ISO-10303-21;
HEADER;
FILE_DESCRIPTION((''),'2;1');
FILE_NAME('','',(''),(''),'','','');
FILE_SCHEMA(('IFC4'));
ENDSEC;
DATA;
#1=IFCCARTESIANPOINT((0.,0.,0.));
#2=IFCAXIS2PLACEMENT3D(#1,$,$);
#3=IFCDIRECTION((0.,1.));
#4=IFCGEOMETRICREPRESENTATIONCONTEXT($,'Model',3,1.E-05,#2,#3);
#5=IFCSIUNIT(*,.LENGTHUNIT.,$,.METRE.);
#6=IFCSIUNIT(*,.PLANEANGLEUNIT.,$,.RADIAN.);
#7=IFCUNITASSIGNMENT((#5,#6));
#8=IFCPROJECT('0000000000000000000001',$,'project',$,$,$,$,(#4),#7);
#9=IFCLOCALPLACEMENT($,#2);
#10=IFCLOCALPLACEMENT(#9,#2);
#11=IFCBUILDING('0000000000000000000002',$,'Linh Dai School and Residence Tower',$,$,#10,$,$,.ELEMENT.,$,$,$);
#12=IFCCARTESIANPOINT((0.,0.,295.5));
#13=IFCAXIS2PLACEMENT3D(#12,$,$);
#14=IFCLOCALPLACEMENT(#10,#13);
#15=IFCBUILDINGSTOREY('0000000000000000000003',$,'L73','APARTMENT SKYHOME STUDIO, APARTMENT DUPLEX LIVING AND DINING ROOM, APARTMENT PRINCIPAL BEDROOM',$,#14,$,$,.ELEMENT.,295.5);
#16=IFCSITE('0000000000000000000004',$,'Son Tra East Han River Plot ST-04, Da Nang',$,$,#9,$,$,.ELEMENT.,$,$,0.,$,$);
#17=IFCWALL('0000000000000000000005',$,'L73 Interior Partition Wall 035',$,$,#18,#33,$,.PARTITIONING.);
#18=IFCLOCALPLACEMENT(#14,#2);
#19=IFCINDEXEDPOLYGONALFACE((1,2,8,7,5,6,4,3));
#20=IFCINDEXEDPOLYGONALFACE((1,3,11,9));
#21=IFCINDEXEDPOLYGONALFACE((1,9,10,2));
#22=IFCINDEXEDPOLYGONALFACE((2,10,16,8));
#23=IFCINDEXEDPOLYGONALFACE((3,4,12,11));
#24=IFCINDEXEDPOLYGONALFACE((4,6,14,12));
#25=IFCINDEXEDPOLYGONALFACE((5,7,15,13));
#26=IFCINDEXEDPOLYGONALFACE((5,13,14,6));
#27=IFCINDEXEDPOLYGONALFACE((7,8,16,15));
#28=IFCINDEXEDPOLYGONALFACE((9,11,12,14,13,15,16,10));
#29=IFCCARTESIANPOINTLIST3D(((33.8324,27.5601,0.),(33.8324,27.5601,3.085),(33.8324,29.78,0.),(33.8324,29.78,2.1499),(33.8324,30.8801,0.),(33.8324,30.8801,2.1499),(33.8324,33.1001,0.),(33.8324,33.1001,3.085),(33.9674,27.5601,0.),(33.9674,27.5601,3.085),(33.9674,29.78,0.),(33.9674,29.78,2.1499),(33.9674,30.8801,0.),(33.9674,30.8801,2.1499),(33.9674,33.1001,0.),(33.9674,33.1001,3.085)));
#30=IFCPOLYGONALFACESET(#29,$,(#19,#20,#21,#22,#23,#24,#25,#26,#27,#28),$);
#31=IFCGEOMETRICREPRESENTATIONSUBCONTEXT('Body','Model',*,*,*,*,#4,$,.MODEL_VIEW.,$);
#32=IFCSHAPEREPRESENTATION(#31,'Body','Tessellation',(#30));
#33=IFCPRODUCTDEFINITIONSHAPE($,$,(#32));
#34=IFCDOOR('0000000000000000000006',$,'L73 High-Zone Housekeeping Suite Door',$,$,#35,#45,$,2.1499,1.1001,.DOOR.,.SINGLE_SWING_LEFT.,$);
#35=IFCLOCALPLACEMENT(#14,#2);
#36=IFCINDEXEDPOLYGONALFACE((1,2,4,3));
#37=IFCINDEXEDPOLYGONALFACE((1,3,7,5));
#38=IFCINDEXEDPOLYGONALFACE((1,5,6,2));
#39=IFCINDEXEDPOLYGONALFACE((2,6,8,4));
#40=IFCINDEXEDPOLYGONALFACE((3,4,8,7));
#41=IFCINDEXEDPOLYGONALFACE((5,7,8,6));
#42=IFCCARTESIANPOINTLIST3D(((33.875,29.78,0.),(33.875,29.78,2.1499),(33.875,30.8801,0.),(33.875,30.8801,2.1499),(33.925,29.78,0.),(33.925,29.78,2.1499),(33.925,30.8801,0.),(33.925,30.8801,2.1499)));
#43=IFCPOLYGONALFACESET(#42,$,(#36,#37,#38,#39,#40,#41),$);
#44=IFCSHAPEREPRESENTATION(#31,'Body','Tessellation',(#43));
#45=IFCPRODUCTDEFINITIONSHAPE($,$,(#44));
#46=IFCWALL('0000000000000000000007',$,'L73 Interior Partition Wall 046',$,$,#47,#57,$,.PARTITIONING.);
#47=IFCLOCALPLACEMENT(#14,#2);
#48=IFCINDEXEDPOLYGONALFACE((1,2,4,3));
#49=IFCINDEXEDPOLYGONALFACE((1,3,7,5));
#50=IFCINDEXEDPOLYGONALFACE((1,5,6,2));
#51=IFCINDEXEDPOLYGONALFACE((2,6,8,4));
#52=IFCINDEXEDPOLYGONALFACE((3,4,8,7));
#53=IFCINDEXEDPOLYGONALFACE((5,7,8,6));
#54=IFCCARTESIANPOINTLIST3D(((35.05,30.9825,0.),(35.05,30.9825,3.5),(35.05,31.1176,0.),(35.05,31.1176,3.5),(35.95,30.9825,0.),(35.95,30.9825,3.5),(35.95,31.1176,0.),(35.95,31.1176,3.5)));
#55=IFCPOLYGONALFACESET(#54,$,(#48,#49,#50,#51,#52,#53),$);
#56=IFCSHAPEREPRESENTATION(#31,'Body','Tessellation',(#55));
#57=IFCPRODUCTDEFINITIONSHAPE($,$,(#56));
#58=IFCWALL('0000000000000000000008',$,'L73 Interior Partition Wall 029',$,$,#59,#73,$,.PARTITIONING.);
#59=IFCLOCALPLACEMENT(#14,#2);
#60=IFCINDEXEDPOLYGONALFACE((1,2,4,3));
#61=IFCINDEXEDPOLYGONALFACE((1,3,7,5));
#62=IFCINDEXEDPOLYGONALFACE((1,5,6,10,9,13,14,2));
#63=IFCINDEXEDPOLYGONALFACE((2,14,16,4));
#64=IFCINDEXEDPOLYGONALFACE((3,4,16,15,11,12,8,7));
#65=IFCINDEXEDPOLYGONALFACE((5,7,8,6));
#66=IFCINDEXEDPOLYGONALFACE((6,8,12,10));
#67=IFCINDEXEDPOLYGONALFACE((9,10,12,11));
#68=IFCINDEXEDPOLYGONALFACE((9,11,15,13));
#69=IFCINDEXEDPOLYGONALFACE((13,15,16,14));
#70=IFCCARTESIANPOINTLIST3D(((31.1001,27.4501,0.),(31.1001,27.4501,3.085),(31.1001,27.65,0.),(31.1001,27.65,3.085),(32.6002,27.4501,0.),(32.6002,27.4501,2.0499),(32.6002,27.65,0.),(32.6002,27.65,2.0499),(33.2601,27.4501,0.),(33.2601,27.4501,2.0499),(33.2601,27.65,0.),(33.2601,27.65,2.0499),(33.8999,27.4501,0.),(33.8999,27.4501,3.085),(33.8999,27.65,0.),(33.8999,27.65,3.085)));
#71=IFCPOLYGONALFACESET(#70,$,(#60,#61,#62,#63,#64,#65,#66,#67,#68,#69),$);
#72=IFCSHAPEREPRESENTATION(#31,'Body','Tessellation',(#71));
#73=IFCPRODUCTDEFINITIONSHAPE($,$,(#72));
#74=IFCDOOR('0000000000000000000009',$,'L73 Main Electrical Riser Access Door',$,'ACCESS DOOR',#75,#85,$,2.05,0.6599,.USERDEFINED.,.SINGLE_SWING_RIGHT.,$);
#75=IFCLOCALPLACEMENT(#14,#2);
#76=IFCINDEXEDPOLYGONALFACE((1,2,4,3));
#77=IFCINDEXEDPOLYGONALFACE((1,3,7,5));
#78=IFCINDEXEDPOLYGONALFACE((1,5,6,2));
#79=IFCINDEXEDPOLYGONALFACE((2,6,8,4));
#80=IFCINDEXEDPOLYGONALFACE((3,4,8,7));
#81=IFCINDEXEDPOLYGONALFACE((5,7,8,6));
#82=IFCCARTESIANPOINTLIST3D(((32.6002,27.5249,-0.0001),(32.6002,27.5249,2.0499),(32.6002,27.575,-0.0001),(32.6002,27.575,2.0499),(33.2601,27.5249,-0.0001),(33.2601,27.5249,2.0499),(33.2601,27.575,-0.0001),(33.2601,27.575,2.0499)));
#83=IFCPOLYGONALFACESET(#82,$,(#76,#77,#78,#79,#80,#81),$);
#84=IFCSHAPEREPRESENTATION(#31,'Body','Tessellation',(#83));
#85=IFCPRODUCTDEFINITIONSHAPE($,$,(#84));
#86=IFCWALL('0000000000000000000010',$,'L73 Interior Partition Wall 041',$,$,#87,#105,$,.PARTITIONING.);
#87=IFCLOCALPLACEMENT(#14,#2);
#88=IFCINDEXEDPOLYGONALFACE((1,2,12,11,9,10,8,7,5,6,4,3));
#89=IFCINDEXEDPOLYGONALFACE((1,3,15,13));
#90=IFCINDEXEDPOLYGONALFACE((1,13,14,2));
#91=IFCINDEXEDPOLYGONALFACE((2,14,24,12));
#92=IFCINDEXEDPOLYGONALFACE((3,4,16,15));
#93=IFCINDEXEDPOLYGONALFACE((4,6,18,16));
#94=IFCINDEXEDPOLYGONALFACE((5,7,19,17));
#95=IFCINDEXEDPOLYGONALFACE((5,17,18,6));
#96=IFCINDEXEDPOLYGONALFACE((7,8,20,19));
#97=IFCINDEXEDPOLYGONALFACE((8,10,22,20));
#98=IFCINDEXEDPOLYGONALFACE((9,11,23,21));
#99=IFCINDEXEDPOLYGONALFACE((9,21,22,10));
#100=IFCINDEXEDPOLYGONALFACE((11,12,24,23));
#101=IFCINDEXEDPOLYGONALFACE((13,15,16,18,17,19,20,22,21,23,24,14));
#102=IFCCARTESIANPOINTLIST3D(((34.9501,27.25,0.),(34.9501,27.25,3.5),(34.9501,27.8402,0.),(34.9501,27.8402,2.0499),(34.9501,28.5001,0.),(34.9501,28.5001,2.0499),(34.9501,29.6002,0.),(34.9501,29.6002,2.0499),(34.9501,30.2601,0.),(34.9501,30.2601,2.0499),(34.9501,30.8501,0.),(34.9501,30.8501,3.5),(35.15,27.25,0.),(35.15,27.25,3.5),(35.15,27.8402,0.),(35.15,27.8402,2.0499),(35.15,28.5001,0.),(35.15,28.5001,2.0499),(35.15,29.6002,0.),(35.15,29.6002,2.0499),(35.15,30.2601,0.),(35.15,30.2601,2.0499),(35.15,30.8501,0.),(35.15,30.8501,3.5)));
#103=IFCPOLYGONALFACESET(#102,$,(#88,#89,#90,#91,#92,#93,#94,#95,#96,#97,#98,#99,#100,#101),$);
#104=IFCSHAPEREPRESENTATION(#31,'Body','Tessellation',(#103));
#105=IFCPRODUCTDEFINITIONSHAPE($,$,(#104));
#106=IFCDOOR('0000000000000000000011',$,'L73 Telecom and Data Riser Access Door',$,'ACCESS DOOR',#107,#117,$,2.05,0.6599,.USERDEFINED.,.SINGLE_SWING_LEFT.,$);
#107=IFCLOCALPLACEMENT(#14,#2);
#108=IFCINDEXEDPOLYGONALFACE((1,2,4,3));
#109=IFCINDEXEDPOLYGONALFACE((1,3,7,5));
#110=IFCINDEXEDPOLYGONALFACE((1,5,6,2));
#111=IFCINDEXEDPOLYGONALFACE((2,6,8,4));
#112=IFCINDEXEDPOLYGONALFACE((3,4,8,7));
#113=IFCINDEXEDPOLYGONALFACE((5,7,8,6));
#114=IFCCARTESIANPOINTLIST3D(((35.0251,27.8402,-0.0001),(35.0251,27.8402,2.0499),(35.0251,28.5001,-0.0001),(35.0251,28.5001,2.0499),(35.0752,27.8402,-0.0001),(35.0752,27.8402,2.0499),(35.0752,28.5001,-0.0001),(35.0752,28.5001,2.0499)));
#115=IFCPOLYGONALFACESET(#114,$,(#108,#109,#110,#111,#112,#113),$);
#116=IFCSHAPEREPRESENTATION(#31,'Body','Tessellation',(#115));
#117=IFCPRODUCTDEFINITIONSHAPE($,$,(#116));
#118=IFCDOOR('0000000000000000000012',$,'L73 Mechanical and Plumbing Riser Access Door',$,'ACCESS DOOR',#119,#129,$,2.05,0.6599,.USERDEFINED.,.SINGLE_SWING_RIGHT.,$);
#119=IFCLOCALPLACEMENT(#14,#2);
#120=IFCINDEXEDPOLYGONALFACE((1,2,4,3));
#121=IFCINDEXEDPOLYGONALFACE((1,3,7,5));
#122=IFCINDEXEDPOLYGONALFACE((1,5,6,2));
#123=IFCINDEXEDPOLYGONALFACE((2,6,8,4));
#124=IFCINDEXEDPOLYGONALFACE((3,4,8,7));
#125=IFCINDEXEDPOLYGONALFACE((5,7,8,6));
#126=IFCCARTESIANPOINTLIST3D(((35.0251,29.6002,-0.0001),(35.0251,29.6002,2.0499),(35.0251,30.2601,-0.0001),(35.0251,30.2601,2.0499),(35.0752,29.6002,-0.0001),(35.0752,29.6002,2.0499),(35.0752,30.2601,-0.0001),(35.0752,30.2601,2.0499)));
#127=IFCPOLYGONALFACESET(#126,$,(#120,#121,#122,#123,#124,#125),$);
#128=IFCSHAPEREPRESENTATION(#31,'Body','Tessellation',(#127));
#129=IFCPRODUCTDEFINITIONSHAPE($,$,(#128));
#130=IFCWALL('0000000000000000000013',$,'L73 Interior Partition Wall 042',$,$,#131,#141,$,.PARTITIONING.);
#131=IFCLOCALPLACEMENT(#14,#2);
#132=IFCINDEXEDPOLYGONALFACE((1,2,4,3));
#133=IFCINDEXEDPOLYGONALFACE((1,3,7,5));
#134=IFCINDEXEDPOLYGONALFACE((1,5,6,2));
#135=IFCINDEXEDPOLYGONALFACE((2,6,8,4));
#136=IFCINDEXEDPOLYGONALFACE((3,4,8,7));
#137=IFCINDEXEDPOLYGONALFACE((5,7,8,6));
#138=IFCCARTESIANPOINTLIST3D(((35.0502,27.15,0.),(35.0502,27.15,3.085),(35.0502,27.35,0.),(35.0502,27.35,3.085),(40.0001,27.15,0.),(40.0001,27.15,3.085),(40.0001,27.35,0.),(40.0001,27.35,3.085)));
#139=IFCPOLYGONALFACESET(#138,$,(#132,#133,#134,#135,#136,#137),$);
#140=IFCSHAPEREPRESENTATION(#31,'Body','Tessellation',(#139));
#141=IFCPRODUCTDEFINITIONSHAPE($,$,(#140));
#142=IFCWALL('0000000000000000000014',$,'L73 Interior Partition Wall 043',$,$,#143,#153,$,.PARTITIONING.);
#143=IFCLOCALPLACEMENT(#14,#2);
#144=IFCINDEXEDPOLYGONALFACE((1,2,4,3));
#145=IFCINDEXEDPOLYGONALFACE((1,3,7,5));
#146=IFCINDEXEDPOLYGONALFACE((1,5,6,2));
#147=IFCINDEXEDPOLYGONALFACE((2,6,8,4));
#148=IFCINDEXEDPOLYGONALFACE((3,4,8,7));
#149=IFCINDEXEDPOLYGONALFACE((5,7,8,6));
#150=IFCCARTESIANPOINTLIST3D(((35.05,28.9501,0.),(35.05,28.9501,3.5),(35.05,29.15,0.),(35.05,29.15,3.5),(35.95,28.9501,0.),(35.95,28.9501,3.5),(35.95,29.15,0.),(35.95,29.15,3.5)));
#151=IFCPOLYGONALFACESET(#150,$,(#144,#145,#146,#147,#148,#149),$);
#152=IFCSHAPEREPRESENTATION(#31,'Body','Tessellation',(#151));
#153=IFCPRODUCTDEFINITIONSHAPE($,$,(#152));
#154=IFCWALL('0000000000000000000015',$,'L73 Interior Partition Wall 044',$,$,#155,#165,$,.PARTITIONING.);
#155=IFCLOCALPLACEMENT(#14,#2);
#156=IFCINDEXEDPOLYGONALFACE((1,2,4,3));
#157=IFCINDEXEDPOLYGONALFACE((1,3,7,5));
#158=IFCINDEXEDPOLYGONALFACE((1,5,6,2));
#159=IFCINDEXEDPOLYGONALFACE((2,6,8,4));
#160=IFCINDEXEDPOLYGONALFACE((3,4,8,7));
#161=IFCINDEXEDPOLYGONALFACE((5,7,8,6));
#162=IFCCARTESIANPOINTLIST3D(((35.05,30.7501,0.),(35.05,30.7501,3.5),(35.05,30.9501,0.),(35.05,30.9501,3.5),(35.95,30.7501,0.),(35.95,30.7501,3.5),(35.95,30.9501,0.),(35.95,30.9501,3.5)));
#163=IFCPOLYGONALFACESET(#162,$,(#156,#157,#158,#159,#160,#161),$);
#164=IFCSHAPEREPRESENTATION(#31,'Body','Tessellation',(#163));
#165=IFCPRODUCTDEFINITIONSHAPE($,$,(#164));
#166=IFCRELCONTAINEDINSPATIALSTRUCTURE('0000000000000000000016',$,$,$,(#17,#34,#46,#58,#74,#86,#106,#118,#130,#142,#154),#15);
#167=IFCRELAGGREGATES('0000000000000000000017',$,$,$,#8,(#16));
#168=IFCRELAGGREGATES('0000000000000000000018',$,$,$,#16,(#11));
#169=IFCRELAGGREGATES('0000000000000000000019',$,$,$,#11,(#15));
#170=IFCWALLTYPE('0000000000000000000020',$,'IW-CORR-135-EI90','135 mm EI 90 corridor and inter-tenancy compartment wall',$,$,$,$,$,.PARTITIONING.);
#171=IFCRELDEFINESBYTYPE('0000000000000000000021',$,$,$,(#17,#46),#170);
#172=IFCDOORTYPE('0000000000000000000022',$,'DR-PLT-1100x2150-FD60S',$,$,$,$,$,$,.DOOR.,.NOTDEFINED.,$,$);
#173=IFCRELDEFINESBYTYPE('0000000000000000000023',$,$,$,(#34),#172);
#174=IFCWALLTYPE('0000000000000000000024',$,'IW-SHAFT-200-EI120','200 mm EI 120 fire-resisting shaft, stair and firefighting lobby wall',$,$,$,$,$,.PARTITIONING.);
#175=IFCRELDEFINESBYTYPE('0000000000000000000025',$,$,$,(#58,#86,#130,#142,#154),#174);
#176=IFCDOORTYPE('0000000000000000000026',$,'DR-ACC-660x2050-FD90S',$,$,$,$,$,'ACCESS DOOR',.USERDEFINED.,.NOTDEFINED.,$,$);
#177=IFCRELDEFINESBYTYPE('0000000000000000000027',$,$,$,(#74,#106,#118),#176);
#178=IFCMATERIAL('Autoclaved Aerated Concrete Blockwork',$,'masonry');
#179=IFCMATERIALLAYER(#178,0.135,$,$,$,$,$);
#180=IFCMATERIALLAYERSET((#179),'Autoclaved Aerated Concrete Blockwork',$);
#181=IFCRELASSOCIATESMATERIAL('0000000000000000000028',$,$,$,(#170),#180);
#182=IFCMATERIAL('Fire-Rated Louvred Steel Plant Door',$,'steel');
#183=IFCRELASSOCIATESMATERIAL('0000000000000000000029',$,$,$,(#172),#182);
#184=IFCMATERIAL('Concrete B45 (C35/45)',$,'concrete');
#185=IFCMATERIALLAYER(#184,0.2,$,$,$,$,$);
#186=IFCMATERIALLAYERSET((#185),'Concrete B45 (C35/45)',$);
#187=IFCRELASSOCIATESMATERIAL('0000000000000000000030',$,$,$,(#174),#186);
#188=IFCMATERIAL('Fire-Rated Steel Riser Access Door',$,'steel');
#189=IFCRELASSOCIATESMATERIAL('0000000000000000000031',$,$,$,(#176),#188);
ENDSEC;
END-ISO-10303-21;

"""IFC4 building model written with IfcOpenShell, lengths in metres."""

from ifc_helpers import new_model, si_unit, direction, frame, frame_2d, origin, origin_2d, place, context, subcontext, project, spatial, rectangle, extrude, source, transform, mapped, material, layer, layer_set, type_object, element, fill, save


model = new_model("IFC4")

# Units and contexts
model_context = context("Model", 3, precision=1e-05, world=origin(), true_north=direction((0.0, 1.0)))
body_context = subcontext(model_context, "Body", "Model", "MODEL_VIEW")
ifc_project = project(units=[si_unit("LENGTHUNIT", "METRE"), si_unit("PLANEANGLEUNIT", "RADIAN")], contexts=[model_context])

# Site, building, storey
site_placement = place(None, origin())
site = spatial("IfcSite", under=ifc_project, at=site_placement, Name="Son Tra East Han River Plot ST-04, Da Nang", CompositionType="ELEMENT", RefElevation=0.0)
building_placement = place(site_placement, origin())
building = spatial("IfcBuilding", under=site, at=building_placement, Name="Linh Dai School and Residence Tower", CompositionType="ELEMENT")
storey_placement = place(building_placement, frame((0.0, 0.0, 295.5)))
storey = spatial("IfcBuildingStorey", under=building, at=storey_placement, Name="L73", Description="APARTMENT SKYHOME STUDIO, APARTMENT DUPLEX LIVING AND DINING ROOM, APARTMENT PRINCIPAL BEDROOM", CompositionType="ELEMENT", Elevation=295.5)

# Wall, opening, door
ifc_material_1 = material(Name="Autoclaved Aerated Concrete Blockwork", Category="masonry")
ifc_layer_1 = layer(ifc_material_1, 0.135)
ifc_layer_set_1 = layer_set([ifc_layer_1], Name="Autoclaved Aerated Concrete Blockwork")
wall_type_1 = type_object("IfcWallType", Name="IW-CORR-135-EI90", Description="135 mm EI 90 corridor and inter-tenancy compartment wall", PredefinedType="PARTITIONING", material=ifc_layer_set_1)
wall_1_placement = place(storey_placement, frame((33.8999, 27.5601, 0.0), z_axis=(0.0, 0.0, 1.0), x_axis=(0.0, 1.0, 0.0)))
wall_1 = element("IfcWall", 1, at=wall_1_placement, inside=storey, type_object=wall_type_1, Name="L73 Interior Partition Wall 035", PredefinedType="PARTITIONING", context=body_context, shape_type="SweptSolid", body=[
    extrude(rectangle(XDim=5.54, YDim=0.135, at=frame_2d((2.77, 0.0))), origin(), (0.0, 0.0, 1.0), 3.085),
])
opening_1_placement = place(wall_1_placement, frame((2.22, 0.0, 0.0)))
opening_1 = element("IfcOpeningElement", 2, at=opening_1_placement, cuts=wall_1, PredefinedType="OPENING", context=body_context, shape_type="SweptSolid", body=[
    extrude(rectangle(XDim=1.1001, YDim=2.1499, at=origin_2d()), frame((0.55, 0.0776, 1.075), z_axis=(0.0, -1.0, 0.0), x_axis=(1.0, 0.0, 0.0)), (0.0, 0.0, 1.0), 0.155),
])
ifc_material_2 = material(Name="Fire-Rated Louvred Steel Plant Door", Category="steel")
door_type_1 = type_object("IfcDoorType", Name="DR-PLT-1100x2150-FD60S", OperationType="NOTDEFINED", PredefinedType="DOOR", material=ifc_material_2)
shared_shape_1 = source(origin(), body_context, "Body", "SweptSolid", [
    extrude(rectangle(XDim=1.1001, YDim=2.1499, at=origin_2d()), frame((0.55, 0.0249, 1.075), z_axis=(0.0, -1.0, 0.0), x_axis=(1.0, 0.0, 0.0)), (0.0, 0.0, 1.0), 0.05),
])
door_1_placement = place(opening_1_placement, origin())
door_1 = element("IfcDoor", 3, at=door_1_placement, inside=storey, type_object=door_type_1, Name="L73 High-Zone Housekeeping Suite Door", OperationType="SINGLE_SWING_LEFT", OverallHeight=2.1499, OverallWidth=1.1001, PredefinedType="DOOR", context=body_context, shape_type="MappedRepresentation", body=[
    mapped(shared_shape_1, transform((0.0, 0.0, 0.0), x_axis=(1.0, 0.0, 0.0), y_axis=(0.0, 1.0, 0.0), z_axis=(0.0, 0.0, 1.0), scale=1.0)),
])
fill(opening_1, door_1)

# Wall
wall_2_placement = place(storey_placement, frame((35.05, 31.05, 0.0), z_axis=(0.0, 0.0, 1.0), x_axis=(1.0, 0.0, 0.0)))
element("IfcWall", 4, at=wall_2_placement, inside=storey, type_object=wall_type_1, Name="L73 Interior Partition Wall 046", PredefinedType="PARTITIONING", context=body_context, shape_type="SweptSolid", body=[
    extrude(rectangle(XDim=0.8999, YDim=0.135, at=frame_2d((0.45, 0.0))), origin(), (0.0, 0.0, 1.0), 3.5),
])

# Wall, opening, door
ifc_material_3 = material(Name="Concrete B45 (C35/45)", Category="concrete")
ifc_layer_2 = layer(ifc_material_3, 0.2)
ifc_layer_set_2 = layer_set([ifc_layer_2], Name="Concrete B45 (C35/45)")
wall_type_2 = type_object("IfcWallType", Name="IW-SHAFT-200-EI120", Description="200 mm EI 120 fire-resisting shaft, stair and firefighting lobby wall", PredefinedType="PARTITIONING", material=ifc_layer_set_2)
wall_3_placement = place(storey_placement, frame((31.1001, 27.55, 0.0), z_axis=(0.0, 0.0, 1.0), x_axis=(1.0, 0.0, 0.0)))
wall_3 = element("IfcWall", 5, at=wall_3_placement, inside=storey, type_object=wall_type_2, Name="L73 Interior Partition Wall 029", PredefinedType="PARTITIONING", context=body_context, shape_type="SweptSolid", body=[
    extrude(rectangle(XDim=2.7998, YDim=0.2, at=frame_2d((1.3999, 0.0))), origin(), (0.0, 0.0, 1.0), 3.085),
])
opening_2_placement = place(wall_3_placement, frame((1.5, 0.0, 0.0)))
opening_2 = element("IfcOpeningElement", 6, at=opening_2_placement, cuts=wall_3, PredefinedType="OPENING", context=body_context, shape_type="SweptSolid", body=[
    extrude(rectangle(XDim=0.6599, YDim=2.05, at=origin_2d()), frame((0.3301, 0.1099, 1.0249), z_axis=(0.0, -1.0, 0.0), x_axis=(1.0, 0.0, 0.0)), (0.0, 0.0, 1.0), 0.22),
])
ifc_material_4 = material(Name="Fire-Rated Steel Riser Access Door", Category="steel")
door_type_2 = type_object("IfcDoorType", Name="DR-ACC-660x2050-FD90S", ElementType="ACCESS DOOR", OperationType="NOTDEFINED", PredefinedType="USERDEFINED", material=ifc_material_4)
shared_shape_2 = source(origin(), body_context, "Body", "SweptSolid", [
    extrude(rectangle(XDim=0.6599, YDim=2.05, at=origin_2d()), frame((0.3301, 0.0249, 1.0249), z_axis=(0.0, -1.0, 0.0), x_axis=(1.0, 0.0, 0.0)), (0.0, 0.0, 1.0), 0.05),
])
door_2_placement = place(opening_2_placement, origin())
door_2 = element("IfcDoor", 7, at=door_2_placement, inside=storey, type_object=door_type_2, Name="L73 Main Electrical Riser Access Door", ObjectType="ACCESS DOOR", OperationType="SINGLE_SWING_RIGHT", OverallHeight=2.05, OverallWidth=0.6599, PredefinedType="USERDEFINED", context=body_context, shape_type="MappedRepresentation", body=[
    mapped(shared_shape_2, transform((0.0, 0.0, 0.0), x_axis=(1.0, 0.0, 0.0), y_axis=(0.0, 1.0, 0.0), z_axis=(0.0, 0.0, 1.0), scale=1.0)),
])
fill(opening_2, door_2)

# Wall, openings, doors
wall_4_placement = place(storey_placement, frame((35.05, 27.25, 0.0), z_axis=(0.0, 0.0, 1.0), x_axis=(0.0, 1.0, 0.0)))
wall_4 = element("IfcWall", 8, at=wall_4_placement, inside=storey, type_object=wall_type_2, Name="L73 Interior Partition Wall 041", PredefinedType="PARTITIONING", context=body_context, shape_type="SweptSolid", body=[
    extrude(rectangle(XDim=3.6001, YDim=0.2, at=frame_2d((1.8, 0.0))), origin(), (0.0, 0.0, 1.0), 3.5),
])
opening_3_placement = place(wall_4_placement, frame((0.5901, 0.0, 0.0)))
opening_3 = element("IfcOpeningElement", 9, at=opening_3_placement, cuts=wall_4, PredefinedType="OPENING", context=body_context, shape_type="SweptSolid", body=[
    extrude(rectangle(XDim=0.6599, YDim=2.05, at=origin_2d()), frame((0.3301, 0.1099, 1.0249), z_axis=(0.0, -1.0, 0.0), x_axis=(1.0, 0.0, 0.0)), (0.0, 0.0, 1.0), 0.22),
])
opening_4_placement = place(wall_4_placement, frame((2.3501, 0.0, 0.0)))
opening_4 = element("IfcOpeningElement", 10, at=opening_4_placement, cuts=wall_4, PredefinedType="OPENING", context=body_context, shape_type="SweptSolid", body=[
    extrude(rectangle(XDim=0.6599, YDim=2.05, at=origin_2d()), frame((0.3301, 0.1099, 1.0249), z_axis=(0.0, -1.0, 0.0), x_axis=(1.0, 0.0, 0.0)), (0.0, 0.0, 1.0), 0.22),
])
door_3_placement = place(opening_3_placement, origin())
door_3 = element("IfcDoor", 11, at=door_3_placement, inside=storey, type_object=door_type_2, Name="L73 Telecom and Data Riser Access Door", ObjectType="ACCESS DOOR", OperationType="SINGLE_SWING_LEFT", OverallHeight=2.05, OverallWidth=0.6599, PredefinedType="USERDEFINED", context=body_context, shape_type="MappedRepresentation", body=[
    mapped(shared_shape_2, transform((0.0, 0.0, 0.0), x_axis=(1.0, 0.0, 0.0), y_axis=(0.0, 1.0, 0.0), z_axis=(0.0, 0.0, 1.0), scale=1.0)),
])
fill(opening_3, door_3)
door_4_placement = place(opening_4_placement, origin())
door_4 = element("IfcDoor", 12, at=door_4_placement, inside=storey, type_object=door_type_2, Name="L73 Mechanical and Plumbing Riser Access Door", ObjectType="ACCESS DOOR", OperationType="SINGLE_SWING_RIGHT", OverallHeight=2.05, OverallWidth=0.6599, PredefinedType="USERDEFINED", context=body_context, shape_type="MappedRepresentation", body=[
    mapped(shared_shape_2, transform((0.0, 0.0, 0.0), x_axis=(1.0, 0.0, 0.0), y_axis=(0.0, 1.0, 0.0), z_axis=(0.0, 0.0, 1.0), scale=1.0)),
])
fill(opening_4, door_4)

# Walls
wall_5_placement = place(storey_placement, frame((35.05, 27.25, 0.0), z_axis=(0.0, 0.0, 1.0), x_axis=(1.0, 0.0, 0.0)))
element("IfcWall", 13, at=wall_5_placement, inside=storey, type_object=wall_type_2, Name="L73 Interior Partition Wall 042", PredefinedType="PARTITIONING", context=body_context, shape_type="SweptSolid", body=[
    extrude(rectangle(XDim=4.95, YDim=0.2, at=frame_2d((2.4751, 0.0))), origin(), (0.0, 0.0, 1.0), 3.085),
])
for number, where, z_axis, x_axis, name in (
    (14, (35.05, 29.05, 0.0), (0.0, 0.0, 1.0), (1.0, 0.0, 0.0), "L73 Interior Partition Wall 043"),
    (15, (35.05, 30.8501, 0.0), (0.0, 0.0, 1.0), (1.0, 0.0, 0.0), "L73 Interior Partition Wall 044"),
):
    element("IfcWall", number, at=place(storey_placement, frame(where, z_axis=z_axis, x_axis=x_axis)), inside=storey, type_object=wall_type_2, Name=name, PredefinedType="PARTITIONING", context=body_context, shape_type="SweptSolid", body=[
        extrude(rectangle(XDim=0.8999, YDim=0.2, at=frame_2d((0.45, 0.0))), origin(), (0.0, 0.0, 1.0), 3.5),
    ])

save(model, "model.ifc")
